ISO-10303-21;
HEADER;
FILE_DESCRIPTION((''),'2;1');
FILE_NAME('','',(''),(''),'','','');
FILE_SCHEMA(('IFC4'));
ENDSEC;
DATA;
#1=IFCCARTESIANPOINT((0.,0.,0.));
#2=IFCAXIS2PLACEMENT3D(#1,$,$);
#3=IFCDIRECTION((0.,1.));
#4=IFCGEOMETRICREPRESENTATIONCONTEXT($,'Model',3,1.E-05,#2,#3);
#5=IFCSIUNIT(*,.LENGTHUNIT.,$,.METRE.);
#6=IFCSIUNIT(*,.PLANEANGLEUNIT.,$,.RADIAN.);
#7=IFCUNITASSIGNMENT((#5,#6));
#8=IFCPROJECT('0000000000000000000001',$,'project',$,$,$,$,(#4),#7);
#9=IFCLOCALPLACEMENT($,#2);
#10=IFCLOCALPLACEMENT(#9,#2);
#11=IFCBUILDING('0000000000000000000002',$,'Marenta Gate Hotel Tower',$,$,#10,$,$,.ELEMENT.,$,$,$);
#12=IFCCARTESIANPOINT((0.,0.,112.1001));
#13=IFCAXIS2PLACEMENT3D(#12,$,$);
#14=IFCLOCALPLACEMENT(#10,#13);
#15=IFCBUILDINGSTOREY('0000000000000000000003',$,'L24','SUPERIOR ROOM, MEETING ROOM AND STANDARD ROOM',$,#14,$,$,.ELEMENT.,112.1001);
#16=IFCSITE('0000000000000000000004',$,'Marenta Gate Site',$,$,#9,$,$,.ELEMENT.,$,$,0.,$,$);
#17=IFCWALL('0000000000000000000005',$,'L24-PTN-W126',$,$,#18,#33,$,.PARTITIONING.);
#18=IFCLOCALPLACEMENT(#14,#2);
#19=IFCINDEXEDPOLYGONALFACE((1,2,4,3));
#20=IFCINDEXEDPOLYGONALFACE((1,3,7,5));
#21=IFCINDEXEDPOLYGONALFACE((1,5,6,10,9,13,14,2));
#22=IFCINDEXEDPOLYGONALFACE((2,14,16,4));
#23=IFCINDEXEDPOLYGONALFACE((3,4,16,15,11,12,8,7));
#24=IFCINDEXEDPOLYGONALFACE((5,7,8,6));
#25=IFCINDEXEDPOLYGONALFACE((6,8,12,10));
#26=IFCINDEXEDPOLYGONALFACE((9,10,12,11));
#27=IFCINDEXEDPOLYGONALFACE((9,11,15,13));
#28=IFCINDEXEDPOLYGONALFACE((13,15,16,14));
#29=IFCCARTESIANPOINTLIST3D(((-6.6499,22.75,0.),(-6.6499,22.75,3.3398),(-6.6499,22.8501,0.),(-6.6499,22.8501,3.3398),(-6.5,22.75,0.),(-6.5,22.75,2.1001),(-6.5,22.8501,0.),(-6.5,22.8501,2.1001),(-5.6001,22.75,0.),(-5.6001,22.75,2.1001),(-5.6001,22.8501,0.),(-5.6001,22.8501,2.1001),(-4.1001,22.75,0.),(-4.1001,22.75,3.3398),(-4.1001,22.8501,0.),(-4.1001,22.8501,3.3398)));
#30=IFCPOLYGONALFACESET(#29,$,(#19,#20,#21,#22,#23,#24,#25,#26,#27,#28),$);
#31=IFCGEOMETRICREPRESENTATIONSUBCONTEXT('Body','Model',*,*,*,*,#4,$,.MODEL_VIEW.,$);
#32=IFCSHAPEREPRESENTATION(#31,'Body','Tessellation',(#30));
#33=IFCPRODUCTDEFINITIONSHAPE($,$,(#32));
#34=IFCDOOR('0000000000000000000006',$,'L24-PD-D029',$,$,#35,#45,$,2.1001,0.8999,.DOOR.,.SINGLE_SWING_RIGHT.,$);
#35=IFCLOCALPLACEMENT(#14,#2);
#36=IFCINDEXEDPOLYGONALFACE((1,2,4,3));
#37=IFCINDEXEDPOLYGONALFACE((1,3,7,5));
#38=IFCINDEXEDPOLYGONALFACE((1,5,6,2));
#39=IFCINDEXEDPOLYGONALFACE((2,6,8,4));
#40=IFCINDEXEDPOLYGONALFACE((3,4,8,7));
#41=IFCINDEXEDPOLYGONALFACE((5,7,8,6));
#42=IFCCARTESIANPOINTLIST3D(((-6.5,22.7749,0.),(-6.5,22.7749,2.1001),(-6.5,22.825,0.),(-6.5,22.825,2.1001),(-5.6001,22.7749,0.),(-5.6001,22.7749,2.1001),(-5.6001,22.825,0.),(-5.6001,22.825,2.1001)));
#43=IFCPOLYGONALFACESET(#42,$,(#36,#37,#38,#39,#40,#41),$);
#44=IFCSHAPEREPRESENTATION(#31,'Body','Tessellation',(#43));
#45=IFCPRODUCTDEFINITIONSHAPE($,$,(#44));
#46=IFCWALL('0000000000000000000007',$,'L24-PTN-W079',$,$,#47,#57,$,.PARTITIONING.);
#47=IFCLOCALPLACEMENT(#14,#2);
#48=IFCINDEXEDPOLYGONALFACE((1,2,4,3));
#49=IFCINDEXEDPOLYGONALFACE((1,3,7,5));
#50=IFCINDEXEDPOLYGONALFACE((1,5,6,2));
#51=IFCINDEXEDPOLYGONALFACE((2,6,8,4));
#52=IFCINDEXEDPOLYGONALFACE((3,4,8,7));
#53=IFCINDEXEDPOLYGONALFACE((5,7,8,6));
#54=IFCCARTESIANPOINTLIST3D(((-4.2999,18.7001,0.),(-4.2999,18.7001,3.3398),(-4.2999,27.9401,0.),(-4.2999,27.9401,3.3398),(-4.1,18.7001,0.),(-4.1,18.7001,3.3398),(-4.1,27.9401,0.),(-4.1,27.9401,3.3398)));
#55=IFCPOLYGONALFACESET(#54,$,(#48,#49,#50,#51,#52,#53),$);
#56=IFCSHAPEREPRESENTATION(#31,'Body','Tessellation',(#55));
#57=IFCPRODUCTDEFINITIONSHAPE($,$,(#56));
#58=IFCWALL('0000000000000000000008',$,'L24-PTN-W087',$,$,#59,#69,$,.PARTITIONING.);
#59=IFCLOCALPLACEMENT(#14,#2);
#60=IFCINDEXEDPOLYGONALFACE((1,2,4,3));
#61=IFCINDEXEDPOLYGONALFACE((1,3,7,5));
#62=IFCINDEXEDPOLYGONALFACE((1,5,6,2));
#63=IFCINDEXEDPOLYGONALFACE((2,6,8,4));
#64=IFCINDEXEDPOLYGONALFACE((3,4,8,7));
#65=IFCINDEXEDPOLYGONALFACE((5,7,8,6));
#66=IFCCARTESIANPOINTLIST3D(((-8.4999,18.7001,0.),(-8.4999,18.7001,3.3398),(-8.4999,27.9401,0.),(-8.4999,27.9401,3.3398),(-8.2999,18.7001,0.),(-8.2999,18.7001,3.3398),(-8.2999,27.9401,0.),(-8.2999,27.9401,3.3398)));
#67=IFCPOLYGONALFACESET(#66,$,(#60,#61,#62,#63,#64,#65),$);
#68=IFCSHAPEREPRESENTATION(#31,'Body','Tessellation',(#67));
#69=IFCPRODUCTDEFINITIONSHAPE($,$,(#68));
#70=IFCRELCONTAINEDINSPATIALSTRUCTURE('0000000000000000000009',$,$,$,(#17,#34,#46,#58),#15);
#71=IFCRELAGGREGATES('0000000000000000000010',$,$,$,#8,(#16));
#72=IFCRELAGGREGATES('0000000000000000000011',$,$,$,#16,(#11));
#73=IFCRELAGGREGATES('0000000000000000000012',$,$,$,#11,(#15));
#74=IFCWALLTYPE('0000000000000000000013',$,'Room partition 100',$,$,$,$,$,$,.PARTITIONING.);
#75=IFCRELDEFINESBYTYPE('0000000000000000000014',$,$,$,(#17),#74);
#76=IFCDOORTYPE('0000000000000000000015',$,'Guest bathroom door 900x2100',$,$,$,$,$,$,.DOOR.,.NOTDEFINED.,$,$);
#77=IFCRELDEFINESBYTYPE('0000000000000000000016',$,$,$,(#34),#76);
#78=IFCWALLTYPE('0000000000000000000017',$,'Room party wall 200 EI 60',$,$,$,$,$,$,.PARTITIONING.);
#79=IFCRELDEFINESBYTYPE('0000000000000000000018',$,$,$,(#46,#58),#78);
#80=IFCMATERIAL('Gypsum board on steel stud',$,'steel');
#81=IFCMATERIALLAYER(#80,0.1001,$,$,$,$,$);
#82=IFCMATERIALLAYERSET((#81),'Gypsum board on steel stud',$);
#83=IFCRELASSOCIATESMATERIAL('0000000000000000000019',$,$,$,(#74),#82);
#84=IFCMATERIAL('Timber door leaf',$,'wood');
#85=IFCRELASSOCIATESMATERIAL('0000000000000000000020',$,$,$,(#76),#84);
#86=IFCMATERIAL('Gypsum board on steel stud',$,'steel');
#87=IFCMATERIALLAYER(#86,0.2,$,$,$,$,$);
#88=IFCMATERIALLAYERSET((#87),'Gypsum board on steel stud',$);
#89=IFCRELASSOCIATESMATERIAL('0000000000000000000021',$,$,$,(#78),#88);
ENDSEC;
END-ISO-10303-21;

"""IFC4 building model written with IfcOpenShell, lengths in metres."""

from ifc_helpers import new_model, si_unit, direction, frame, frame_2d, origin, place, context, subcontext, project, spatial, rectangle, extrude, material, layer, layer_set, type_object, element, fill, save


model = new_model("IFC4")

# Units and contexts
model_context = context("Model", 3, precision=1e-05, world=origin(), true_north=direction((0.0, 1.0)))
body_context = subcontext(model_context, "Body", "Model", "MODEL_VIEW")
ifc_project = project(units=[si_unit("LENGTHUNIT", "METRE"), si_unit("PLANEANGLEUNIT", "RADIAN")], contexts=[model_context])

# Site, building, storey
site_placement = place(None, origin())
site = spatial("IfcSite", under=ifc_project, at=site_placement, Name="Marenta Gate Site", CompositionType="ELEMENT", RefElevation=0.0)
building_placement = place(site_placement, origin())
building = spatial("IfcBuilding", under=site, at=building_placement, Name="Marenta Gate Hotel Tower", CompositionType="ELEMENT")
storey_placement = place(building_placement, frame((0.0, 0.0, 112.1001)))
storey = spatial("IfcBuildingStorey", under=building, at=storey_placement, Name="L24", Description="SUPERIOR ROOM, MEETING ROOM AND STANDARD ROOM", CompositionType="ELEMENT", Elevation=112.1001)

# Shared definitions
ifc_material_1 = material(Name="Gypsum board on steel stud", Category="steel")
ifc_layer_1 = layer(ifc_material_1, 0.1001)
ifc_layer_set_1 = layer_set([ifc_layer_1], Name="Gypsum board on steel stud")
wall_type_1 = type_object("IfcWallType", Name="Room partition 100", PredefinedType="PARTITIONING", material=ifc_layer_set_1)

# Wall, opening, door
ifc_material_2 = material(Name="Timber door leaf", Category="wood")
door_type_1 = type_object("IfcDoorType", Name="Guest bathroom door 900x2100", OperationType="NOTDEFINED", PredefinedType="DOOR", material=ifc_material_2)
wall_1_placement = place(storey_placement, frame((-6.6499, 22.8, 0.0), z_axis=(0.0, 0.0, 1.0), x_axis=(1.0, 0.0, 0.0)))
wall_1 = element("IfcWall", 1, at=wall_1_placement, inside=storey, type_object=wall_type_1, Name="L24-PTN-W126", PredefinedType="PARTITIONING", context=body_context, shape_type="SweptSolid", body=[
    extrude(rectangle(XDim=2.5498, YDim=0.1001, at=frame_2d((1.2749, 0.0))), origin(), (0.0, 0.0, 1.0), 3.3398),
])
opening_1_placement = place(wall_1_placement, frame((0.1499, 0.0, 0.0)))
opening_1 = element("IfcOpeningElement", 2, at=opening_1_placement, cuts=wall_1, PredefinedType="OPENING", context=body_context, shape_type="SweptSolid", body=[
    extrude(rectangle(XDim=0.8999, YDim=2.1001, at=frame_2d((0.45, 1.05))), frame((0.0, 0.05, 0.0), z_axis=(0.0, -1.0, 0.0), x_axis=(1.0, 0.0, 0.0)), (0.0, 0.0, 1.0), 0.1001),
])
door_1_placement = place(opening_1_placement, origin())
door_1 = element("IfcDoor", 3, at=door_1_placement, inside=storey, type_object=door_type_1, Name="L24-PD-D029", OperationType="SINGLE_SWING_RIGHT", OverallHeight=2.1001, OverallWidth=0.8999, PredefinedType="DOOR", context=body_context, shape_type="SweptSolid", body=[
    extrude(rectangle(XDim=0.8999, YDim=2.1001, at=frame_2d((0.45, 1.05))), frame((0.0, 0.0249, 0.0), z_axis=(0.0, -1.0, 0.0), x_axis=(1.0, 0.0, 0.0)), (0.0, 0.0, 1.0), 0.05),
])
fill(opening_1, door_1)

# Walls
ifc_material_3 = material(Name="Gypsum board on steel stud", Category="steel")
ifc_layer_2 = layer(ifc_material_3, 0.2)
ifc_layer_set_2 = layer_set([ifc_layer_2], Name="Gypsum board on steel stud")
wall_type_2 = type_object("IfcWallType", Name="Room party wall 200 EI 60", PredefinedType="PARTITIONING", material=ifc_layer_set_2)
for number, where, z_axis, x_axis, name in (
    (4, (-4.2, 18.7, 0.0), (0.0, 0.0, 1.0), (0.0, 1.0, 0.0), "L24-PTN-W079"),
    (5, (-8.3999, 18.7, 0.0), (0.0, 0.0, 1.0), (0.0, 1.0, 0.0), "L24-PTN-W087"),
):
    element("IfcWall", number, at=place(storey_placement, frame(where, z_axis=z_axis, x_axis=x_axis)), inside=storey, type_object=wall_type_2, Name=name, PredefinedType="PARTITIONING", context=body_context, shape_type="SweptSolid", body=[
        extrude(rectangle(XDim=9.24, YDim=0.2, at=frame_2d((4.6201, 0.0))), origin(), (0.0, 0.0, 1.0), 3.3398),
    ])

save(model, "model.ifc")
